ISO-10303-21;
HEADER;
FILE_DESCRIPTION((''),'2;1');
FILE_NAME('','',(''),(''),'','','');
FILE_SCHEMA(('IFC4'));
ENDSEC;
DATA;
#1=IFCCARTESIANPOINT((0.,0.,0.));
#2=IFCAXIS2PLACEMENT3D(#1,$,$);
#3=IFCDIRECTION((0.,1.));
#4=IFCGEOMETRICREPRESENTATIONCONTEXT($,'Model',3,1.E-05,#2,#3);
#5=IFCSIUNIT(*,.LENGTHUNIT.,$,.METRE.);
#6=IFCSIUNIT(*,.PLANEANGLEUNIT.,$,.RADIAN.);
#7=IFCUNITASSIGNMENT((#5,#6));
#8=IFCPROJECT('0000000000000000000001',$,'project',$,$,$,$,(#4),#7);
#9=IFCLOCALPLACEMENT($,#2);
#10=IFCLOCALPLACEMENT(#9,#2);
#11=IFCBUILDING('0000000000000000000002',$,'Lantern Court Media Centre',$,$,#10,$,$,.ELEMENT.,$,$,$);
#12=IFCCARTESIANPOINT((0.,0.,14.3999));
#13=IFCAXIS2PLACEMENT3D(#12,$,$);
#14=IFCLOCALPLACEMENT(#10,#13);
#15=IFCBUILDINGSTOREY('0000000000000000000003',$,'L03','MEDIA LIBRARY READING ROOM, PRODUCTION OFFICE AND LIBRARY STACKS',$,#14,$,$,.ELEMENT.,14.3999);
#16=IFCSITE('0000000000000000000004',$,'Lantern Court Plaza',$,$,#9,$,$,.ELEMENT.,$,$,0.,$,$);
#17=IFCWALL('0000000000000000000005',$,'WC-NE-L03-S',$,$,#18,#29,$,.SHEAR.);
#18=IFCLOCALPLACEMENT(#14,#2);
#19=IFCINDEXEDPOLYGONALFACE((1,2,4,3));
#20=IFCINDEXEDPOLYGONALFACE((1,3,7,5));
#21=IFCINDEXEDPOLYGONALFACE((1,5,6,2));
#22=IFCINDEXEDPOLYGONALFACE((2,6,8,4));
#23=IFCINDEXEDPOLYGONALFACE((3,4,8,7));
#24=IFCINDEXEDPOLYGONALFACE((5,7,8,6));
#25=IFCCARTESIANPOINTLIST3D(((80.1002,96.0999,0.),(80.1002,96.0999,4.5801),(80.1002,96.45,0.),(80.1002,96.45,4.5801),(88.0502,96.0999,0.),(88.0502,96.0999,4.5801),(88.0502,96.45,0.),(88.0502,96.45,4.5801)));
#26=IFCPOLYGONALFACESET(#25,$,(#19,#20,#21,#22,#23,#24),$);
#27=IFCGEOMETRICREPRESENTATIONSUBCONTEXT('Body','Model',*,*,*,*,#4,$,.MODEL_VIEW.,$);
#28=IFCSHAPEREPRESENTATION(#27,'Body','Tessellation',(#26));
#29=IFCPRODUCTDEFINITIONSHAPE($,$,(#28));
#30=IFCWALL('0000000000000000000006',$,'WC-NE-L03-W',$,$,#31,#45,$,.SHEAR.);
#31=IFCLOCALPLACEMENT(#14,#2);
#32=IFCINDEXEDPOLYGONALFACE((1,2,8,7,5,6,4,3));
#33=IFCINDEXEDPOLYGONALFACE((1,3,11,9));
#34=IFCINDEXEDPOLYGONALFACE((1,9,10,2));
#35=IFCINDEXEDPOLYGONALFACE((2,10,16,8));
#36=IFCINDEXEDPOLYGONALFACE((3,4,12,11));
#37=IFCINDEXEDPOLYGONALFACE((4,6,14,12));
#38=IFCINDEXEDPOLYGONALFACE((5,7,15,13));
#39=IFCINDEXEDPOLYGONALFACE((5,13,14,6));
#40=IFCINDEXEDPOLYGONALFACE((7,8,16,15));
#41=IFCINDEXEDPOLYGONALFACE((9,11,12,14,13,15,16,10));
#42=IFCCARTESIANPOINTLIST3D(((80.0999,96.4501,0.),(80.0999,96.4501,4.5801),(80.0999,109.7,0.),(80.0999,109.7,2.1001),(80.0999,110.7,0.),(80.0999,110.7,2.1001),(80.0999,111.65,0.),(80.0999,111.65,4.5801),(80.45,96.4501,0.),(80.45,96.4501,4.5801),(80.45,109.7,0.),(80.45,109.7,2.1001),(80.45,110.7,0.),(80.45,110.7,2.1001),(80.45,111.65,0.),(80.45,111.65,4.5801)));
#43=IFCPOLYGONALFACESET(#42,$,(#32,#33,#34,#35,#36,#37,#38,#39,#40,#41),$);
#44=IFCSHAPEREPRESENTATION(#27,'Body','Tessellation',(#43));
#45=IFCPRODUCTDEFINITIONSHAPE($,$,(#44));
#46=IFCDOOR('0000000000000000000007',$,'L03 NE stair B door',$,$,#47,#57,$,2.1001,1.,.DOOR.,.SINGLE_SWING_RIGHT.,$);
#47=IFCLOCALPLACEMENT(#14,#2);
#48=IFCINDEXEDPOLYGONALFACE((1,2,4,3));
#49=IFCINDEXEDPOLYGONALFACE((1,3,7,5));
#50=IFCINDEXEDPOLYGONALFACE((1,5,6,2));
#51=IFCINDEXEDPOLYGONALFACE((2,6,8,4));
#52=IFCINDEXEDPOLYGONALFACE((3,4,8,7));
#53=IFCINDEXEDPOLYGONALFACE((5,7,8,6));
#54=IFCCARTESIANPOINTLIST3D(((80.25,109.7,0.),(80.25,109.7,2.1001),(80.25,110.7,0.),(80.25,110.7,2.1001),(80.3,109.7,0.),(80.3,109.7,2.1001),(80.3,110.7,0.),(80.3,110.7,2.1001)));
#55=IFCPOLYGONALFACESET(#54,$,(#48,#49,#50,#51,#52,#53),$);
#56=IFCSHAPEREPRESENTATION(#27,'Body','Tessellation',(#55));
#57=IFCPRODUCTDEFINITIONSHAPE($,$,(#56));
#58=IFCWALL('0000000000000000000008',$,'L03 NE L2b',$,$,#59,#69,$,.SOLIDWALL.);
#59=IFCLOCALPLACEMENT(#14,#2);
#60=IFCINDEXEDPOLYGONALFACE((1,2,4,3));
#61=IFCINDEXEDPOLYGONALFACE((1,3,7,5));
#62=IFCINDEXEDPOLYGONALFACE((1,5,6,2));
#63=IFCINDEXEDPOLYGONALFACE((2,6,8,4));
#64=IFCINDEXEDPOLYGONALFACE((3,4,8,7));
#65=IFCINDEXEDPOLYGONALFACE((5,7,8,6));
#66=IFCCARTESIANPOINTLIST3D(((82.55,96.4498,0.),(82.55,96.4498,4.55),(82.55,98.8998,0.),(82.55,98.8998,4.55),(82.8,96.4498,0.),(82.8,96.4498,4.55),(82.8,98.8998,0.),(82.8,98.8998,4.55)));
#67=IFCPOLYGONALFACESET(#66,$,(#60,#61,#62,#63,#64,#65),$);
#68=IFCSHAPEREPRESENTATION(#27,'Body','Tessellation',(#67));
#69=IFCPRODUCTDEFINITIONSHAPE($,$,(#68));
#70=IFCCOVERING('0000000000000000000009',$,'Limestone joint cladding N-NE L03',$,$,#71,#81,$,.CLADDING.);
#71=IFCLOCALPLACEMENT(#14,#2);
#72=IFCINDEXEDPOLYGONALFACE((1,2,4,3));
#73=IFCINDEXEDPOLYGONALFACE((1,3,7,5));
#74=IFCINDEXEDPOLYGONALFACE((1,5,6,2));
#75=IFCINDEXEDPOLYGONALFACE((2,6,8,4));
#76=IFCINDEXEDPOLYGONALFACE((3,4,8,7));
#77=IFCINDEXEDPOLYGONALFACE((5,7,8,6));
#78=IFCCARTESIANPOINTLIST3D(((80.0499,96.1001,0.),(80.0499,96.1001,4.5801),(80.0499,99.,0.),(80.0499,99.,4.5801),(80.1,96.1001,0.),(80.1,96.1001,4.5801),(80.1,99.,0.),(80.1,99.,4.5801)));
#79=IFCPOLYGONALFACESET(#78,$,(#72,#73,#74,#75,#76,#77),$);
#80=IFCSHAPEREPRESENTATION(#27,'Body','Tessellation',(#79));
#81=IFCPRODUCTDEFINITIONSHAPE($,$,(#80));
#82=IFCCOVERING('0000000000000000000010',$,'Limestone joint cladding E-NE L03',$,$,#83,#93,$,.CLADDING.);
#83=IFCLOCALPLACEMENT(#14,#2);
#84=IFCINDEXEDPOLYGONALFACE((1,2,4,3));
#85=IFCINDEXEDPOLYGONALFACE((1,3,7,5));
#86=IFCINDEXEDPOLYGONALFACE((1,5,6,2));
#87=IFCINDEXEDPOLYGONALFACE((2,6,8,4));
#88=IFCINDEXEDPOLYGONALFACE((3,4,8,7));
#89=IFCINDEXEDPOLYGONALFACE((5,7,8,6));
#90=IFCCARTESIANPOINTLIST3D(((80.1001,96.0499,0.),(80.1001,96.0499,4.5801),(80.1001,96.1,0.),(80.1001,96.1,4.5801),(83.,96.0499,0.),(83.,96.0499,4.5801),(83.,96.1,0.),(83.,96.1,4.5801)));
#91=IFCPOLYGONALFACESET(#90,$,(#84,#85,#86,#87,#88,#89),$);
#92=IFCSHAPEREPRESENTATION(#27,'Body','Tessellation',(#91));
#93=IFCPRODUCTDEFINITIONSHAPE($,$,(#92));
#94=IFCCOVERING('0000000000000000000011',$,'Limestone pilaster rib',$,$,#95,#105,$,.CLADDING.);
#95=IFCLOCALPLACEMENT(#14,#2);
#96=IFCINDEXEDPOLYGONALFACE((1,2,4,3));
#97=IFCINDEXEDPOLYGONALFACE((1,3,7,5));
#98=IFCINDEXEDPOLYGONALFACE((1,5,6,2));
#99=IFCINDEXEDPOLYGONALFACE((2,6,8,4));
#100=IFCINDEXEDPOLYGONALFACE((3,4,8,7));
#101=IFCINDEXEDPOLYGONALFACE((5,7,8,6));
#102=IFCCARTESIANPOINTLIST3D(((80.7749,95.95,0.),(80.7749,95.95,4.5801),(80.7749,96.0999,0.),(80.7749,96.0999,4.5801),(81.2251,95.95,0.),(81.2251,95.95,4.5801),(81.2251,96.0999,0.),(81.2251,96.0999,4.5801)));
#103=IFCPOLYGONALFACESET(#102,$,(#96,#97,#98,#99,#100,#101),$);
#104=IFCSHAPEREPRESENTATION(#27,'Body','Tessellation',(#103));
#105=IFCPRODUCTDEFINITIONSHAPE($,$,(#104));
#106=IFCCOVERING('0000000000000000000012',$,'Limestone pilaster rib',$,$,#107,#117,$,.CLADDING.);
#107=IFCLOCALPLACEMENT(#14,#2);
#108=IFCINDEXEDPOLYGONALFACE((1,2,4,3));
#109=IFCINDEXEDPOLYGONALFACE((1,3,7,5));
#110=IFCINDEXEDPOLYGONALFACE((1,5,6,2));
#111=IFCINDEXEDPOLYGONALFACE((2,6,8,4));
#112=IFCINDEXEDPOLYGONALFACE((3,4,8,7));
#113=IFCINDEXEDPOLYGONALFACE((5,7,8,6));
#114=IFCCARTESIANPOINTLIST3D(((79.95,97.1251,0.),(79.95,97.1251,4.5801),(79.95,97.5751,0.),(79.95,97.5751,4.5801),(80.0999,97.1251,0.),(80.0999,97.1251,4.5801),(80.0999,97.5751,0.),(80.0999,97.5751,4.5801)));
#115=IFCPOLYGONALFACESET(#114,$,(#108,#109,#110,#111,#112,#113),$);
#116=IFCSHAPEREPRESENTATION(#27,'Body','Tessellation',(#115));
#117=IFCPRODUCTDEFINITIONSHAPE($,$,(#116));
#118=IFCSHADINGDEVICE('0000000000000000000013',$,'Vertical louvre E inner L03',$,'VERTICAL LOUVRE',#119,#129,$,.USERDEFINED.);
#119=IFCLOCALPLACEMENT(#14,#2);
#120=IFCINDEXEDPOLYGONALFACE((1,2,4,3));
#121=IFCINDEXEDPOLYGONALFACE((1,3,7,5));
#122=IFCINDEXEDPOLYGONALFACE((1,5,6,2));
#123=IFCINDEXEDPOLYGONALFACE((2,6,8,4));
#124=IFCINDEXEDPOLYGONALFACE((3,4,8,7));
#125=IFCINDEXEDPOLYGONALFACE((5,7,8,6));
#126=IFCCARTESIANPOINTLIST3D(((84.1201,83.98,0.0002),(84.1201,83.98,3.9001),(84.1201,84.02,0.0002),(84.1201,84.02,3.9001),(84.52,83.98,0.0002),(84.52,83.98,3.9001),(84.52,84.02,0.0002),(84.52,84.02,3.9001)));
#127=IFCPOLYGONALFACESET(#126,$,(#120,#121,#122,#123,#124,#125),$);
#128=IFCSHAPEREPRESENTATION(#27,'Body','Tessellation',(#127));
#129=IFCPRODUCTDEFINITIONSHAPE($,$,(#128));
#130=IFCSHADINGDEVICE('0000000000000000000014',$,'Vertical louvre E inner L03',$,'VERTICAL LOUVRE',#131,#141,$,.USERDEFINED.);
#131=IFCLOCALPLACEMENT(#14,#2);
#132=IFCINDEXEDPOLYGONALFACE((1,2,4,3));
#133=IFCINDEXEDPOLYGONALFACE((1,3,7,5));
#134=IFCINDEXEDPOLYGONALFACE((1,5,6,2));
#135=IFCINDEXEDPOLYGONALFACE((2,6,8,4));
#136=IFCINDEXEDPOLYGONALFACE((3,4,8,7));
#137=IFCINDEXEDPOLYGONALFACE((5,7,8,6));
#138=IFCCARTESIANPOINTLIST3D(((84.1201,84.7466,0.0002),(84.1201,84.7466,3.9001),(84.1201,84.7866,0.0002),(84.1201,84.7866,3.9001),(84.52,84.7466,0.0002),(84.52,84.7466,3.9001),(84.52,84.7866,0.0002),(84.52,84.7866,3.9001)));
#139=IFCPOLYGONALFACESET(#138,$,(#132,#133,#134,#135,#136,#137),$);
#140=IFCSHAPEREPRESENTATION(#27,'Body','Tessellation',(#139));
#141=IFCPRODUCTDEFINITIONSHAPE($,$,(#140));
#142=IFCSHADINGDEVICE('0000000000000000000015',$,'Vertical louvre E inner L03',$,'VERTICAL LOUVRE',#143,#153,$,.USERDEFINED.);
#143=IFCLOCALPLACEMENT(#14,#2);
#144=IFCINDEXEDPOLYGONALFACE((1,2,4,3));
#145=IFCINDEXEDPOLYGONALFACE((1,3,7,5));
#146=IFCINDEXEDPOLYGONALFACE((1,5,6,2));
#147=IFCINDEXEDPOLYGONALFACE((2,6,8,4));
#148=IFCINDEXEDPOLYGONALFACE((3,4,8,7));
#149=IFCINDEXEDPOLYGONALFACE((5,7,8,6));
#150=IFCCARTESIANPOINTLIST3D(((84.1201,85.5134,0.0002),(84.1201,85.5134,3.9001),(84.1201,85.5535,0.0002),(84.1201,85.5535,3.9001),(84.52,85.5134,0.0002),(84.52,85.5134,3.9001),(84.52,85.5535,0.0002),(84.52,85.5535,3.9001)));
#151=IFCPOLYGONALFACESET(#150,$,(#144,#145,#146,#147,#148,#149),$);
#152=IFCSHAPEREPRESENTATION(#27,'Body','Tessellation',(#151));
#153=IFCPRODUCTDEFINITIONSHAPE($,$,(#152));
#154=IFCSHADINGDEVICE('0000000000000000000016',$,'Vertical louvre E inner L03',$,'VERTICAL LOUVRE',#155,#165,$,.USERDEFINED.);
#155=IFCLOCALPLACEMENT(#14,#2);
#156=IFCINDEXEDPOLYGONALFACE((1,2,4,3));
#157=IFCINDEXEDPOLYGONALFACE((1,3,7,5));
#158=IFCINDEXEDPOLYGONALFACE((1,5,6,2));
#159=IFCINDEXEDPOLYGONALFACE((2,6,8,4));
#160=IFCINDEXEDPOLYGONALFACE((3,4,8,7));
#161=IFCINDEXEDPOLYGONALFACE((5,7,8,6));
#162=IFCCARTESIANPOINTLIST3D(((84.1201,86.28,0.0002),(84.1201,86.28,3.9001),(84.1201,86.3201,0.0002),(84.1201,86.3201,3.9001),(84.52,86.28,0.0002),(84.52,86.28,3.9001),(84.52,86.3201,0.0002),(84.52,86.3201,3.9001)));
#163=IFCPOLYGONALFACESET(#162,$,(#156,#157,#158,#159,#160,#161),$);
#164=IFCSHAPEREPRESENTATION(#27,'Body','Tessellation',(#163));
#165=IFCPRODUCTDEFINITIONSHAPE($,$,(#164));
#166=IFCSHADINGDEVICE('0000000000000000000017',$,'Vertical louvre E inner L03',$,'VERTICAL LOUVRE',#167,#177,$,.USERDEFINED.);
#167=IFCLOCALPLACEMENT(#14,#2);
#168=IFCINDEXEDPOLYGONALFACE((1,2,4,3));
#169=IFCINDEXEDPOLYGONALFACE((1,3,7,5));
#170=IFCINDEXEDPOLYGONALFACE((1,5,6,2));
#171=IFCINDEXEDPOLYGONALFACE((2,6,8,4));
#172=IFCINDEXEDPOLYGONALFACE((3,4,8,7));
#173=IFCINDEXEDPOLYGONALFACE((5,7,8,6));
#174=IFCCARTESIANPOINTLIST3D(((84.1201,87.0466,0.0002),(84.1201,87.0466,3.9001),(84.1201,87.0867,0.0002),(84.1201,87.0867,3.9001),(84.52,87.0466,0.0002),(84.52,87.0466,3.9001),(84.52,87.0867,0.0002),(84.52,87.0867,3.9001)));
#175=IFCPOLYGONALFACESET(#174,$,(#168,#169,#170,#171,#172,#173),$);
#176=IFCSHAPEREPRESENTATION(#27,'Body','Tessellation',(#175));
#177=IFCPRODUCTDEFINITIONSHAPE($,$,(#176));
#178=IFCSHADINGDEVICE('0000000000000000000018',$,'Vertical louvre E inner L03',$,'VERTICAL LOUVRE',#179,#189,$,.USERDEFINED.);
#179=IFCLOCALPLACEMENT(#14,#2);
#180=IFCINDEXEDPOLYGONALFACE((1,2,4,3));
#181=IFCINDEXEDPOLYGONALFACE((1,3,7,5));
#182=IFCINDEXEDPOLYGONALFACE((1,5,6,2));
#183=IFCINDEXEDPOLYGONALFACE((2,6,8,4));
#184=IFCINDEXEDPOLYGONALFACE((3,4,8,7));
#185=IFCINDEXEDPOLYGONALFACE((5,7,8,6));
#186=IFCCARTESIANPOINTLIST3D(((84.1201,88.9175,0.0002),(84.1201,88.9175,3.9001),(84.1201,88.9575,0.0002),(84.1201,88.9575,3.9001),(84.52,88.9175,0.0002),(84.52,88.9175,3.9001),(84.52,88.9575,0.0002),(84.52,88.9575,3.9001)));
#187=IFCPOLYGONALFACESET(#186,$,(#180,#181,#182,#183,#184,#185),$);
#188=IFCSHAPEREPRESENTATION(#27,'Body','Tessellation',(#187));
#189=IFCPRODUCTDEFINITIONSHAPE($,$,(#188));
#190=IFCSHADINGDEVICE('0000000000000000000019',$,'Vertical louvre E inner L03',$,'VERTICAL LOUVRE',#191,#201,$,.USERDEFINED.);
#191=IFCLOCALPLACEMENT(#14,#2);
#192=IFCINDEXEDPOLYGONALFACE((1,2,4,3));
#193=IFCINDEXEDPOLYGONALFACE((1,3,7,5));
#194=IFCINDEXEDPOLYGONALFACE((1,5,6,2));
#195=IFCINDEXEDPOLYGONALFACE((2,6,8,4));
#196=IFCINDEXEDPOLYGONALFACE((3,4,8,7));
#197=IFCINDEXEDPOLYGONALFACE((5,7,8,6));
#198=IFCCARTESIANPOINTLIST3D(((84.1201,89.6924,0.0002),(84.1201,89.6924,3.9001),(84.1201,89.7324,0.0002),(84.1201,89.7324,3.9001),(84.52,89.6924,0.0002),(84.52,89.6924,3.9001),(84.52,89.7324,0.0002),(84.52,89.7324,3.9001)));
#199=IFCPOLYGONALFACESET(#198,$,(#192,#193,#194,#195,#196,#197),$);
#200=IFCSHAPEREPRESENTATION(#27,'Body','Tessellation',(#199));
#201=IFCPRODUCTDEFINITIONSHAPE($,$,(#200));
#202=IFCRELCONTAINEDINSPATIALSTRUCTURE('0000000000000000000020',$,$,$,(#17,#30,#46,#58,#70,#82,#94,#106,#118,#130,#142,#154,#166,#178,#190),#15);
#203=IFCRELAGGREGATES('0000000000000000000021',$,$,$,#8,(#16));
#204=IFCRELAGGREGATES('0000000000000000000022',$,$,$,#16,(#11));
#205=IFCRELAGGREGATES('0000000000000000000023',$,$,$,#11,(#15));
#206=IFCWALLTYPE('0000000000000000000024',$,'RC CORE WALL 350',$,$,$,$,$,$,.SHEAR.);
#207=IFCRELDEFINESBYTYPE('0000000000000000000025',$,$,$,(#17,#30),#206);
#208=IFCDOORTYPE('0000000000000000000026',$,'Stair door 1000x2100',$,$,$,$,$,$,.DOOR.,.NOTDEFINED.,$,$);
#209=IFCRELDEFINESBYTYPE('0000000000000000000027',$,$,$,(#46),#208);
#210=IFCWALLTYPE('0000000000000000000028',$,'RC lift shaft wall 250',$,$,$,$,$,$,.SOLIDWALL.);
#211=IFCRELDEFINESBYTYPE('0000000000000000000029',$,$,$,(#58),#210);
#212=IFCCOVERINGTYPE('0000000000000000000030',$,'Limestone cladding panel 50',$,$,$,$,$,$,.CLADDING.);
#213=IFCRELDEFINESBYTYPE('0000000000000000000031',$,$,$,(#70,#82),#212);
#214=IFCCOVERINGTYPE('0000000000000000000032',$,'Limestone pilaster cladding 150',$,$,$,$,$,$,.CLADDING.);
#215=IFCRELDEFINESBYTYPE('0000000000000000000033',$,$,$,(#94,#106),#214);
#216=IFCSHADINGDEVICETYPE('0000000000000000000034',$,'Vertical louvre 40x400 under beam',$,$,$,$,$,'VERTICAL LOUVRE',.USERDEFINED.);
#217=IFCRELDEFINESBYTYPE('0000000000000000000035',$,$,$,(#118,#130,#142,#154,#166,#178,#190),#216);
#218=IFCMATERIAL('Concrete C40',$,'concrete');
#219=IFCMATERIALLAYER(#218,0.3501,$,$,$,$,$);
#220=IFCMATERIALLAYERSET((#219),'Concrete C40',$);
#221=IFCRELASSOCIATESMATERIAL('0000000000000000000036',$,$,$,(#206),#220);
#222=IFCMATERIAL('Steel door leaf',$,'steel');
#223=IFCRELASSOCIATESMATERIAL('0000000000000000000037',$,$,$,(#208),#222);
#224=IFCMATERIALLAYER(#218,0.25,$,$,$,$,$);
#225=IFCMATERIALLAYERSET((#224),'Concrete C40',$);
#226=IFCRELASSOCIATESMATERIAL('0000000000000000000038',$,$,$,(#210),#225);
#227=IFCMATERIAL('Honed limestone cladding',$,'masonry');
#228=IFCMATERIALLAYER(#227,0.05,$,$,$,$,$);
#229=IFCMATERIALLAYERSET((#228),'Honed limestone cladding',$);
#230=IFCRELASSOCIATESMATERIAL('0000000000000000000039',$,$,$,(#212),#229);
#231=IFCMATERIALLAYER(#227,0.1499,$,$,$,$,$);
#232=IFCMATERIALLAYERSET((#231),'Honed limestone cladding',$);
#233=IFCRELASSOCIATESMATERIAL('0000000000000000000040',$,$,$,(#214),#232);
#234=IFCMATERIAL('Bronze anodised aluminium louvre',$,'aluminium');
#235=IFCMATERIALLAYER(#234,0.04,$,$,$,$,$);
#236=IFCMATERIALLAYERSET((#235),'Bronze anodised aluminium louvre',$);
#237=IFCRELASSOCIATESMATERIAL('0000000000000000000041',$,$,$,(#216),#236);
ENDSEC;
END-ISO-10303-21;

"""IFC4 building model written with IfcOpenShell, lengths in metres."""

from ifc_helpers import new_model, si_unit, direction, frame, frame_2d, origin, origin_2d, place, context, subcontext, project, spatial, rectangle, extrude, material, layer, layer_set, type_object, element, fill, save


model = new_model("IFC4")

# Units and contexts
model_context = context("Model", 3, precision=1e-05, world=origin(), true_north=direction((0.0, 1.0)))
body_context = subcontext(model_context, "Body", "Model", "MODEL_VIEW")
ifc_project = project(units=[si_unit("LENGTHUNIT", "METRE"), si_unit("PLANEANGLEUNIT", "RADIAN")], contexts=[model_context])

# Site, building, storey
site_placement = place(None, origin())
site = spatial("IfcSite", under=ifc_project, at=site_placement, Name="Lantern Court Plaza", CompositionType="ELEMENT", RefElevation=0.0)
building_placement = place(site_placement, origin())
building = spatial("IfcBuilding", under=site, at=building_placement, Name="Lantern Court Media Centre", CompositionType="ELEMENT")
storey_placement = place(building_placement, frame((0.0, 0.0, 14.3999)))
storey = spatial("IfcBuildingStorey", under=building, at=storey_placement, Name="L03", Description="MEDIA LIBRARY READING ROOM, PRODUCTION OFFICE AND LIBRARY STACKS", CompositionType="ELEMENT", Elevation=14.3999)

# Wall
ifc_material_1 = material(Name="Concrete C40", Category="concrete")
ifc_layer_1 = layer(ifc_material_1, 0.3501)
ifc_layer_set_1 = layer_set([ifc_layer_1], Name="Concrete C40")
wall_type_1 = type_object("IfcWallType", Name="RC CORE WALL 350", PredefinedType="SHEAR", material=ifc_layer_set_1)
wall_1_placement = place(storey_placement, frame((80.1001, 96.2749, 0.0), z_axis=(0.0, 0.0, 1.0), x_axis=(1.0, 0.0, 0.0)))
element("IfcWall", 1, at=wall_1_placement, inside=storey, type_object=wall_type_1, Name="WC-NE-L03-S", PredefinedType="SHEAR", context=body_context, shape_type="SweptSolid", body=[
    extrude(rectangle(XDim=7.95, YDim=0.3501, at=frame_2d((3.9751, 0.0))), origin(), (0.0, 0.0, 1.0), 4.5801),
])

# Wall, opening, door
wall_2_placement = place(storey_placement, frame((80.2749, 96.45, 0.0), z_axis=(0.0, 0.0, 1.0), x_axis=(0.0, 1.0, 0.0)))
wall_2 = element("IfcWall", 2, at=wall_2_placement, inside=storey, type_object=wall_type_1, Name="WC-NE-L03-W", PredefinedType="SHEAR", context=body_context, shape_type="SweptSolid", body=[
    extrude(rectangle(XDim=15.2, YDim=0.3501, at=frame_2d((7.6001, 0.0))), origin(), (0.0, 0.0, 1.0), 4.5801),
])
opening_placement = place(wall_2_placement, frame((13.25, 0.0, 0.0)))
opening = element("IfcOpeningElement", 3, at=opening_placement, cuts=wall_2, PredefinedType="OPENING", context=body_context, shape_type="SweptSolid", body=[
    extrude(rectangle(XDim=1.0, YDim=2.1001, at=frame_2d((0.5, 1.05))), frame((0.0, 0.1851, 0.0), z_axis=(0.0, -1.0, 0.0), x_axis=(1.0, 0.0, 0.0)), (0.0, 0.0, 1.0), 0.3701),
])
ifc_material_2 = material(Name="Steel door leaf", Category="steel")
door_type = type_object("IfcDoorType", Name="Stair door 1000x2100", OperationType="NOTDEFINED", PredefinedType="DOOR", material=ifc_material_2)
door_placement = place(opening_placement, origin())
door = element("IfcDoor", 4, at=door_placement, inside=storey, type_object=door_type, Name="L03 NE stair B door", OperationType="SINGLE_SWING_RIGHT", OverallHeight=2.1001, OverallWidth=1.0, PredefinedType="DOOR", context=body_context, shape_type="SweptSolid", body=[
    extrude(rectangle(XDim=1.0, YDim=2.1001, at=frame_2d((0.5, 1.05))), frame((0.0, 0.0249, 0.0), z_axis=(0.0, -1.0, 0.0), x_axis=(1.0, 0.0, 0.0)), (0.0, 0.0, 1.0), 0.05),
])
fill(opening, door)

# Wall
ifc_layer_2 = layer(ifc_material_1, 0.25)
ifc_layer_set_2 = layer_set([ifc_layer_2], Name="Concrete C40")
wall_type_2 = type_object("IfcWallType", Name="RC lift shaft wall 250", PredefinedType="SOLIDWALL", material=ifc_layer_set_2)
wall_3_placement = place(storey_placement, frame((82.675, 98.8999, 0.0), z_axis=(0.0, 0.0, 1.0), x_axis=(0.0, -1.0, 0.0)))
element("IfcWall", 5, at=wall_3_placement, inside=storey, type_object=wall_type_2, Name="L03 NE L2b", PredefinedType="SOLIDWALL", context=body_context, shape_type="SweptSolid", body=[
    extrude(rectangle(XDim=2.45, YDim=0.25, at=frame_2d((1.2251, 0.0))), origin(), (0.0, 0.0, 1.0), 4.55),
])

# Coverings
ifc_material_3 = material(Name="Honed limestone cladding", Category="masonry")
ifc_layer_3 = layer(ifc_material_3, 0.05)
ifc_layer_set_3 = layer_set([ifc_layer_3], Name="Honed limestone cladding")
covering_type_1 = type_object("IfcCoveringType", Name="Limestone cladding panel 50", PredefinedType="CLADDING", material=ifc_layer_set_3)
for number, where, z_axis, x_axis, name in (
    (6, (80.075, 96.1001, 0.0), (0.0, 0.0, 1.0), (0.0, 1.0, 0.0), "Limestone joint cladding N-NE L03"),
    (7, (80.1001, 96.075, 0.0), (0.0, 0.0, 1.0), (1.0, 0.0, 0.0), "Limestone joint cladding E-NE L03"),
):
    element("IfcCovering", number, at=place(storey_placement, frame(where, z_axis=z_axis, x_axis=x_axis)), inside=storey, type_object=covering_type_1, Name=name, PredefinedType="CLADDING", context=body_context, shape_type="SweptSolid", body=[
        extrude(rectangle(XDim=2.8999, YDim=0.05, at=frame_2d((1.45, 0.0))), origin(), (0.0, 0.0, 1.0), 4.5801),
    ])
ifc_layer_4 = layer(ifc_material_3, 0.1499)
ifc_layer_set_4 = layer_set([ifc_layer_4], Name="Honed limestone cladding")
covering_type_2 = type_object("IfcCoveringType", Name="Limestone pilaster cladding 150", PredefinedType="CLADDING", material=ifc_layer_set_4)
covering_1_placement = place(storey_placement, frame((80.7749, 96.0249, 0.0), z_axis=(0.0, 0.0, 1.0), x_axis=(1.0, 0.0, 0.0)))
element("IfcCovering", 8, at=covering_1_placement, inside=storey, type_object=covering_type_2, Name="Limestone pilaster rib", PredefinedType="CLADDING", context=body_context, shape_type="SweptSolid", body=[
    extrude(rectangle(XDim=0.4502, YDim=0.1499, at=frame_2d((0.2251, 0.0))), origin(), (0.0, 0.0, 1.0), 4.5801),
])
covering_2_placement = place(storey_placement, frame((80.0249, 97.125, 0.0), z_axis=(0.0, 0.0, 1.0), x_axis=(0.0, 1.0, 0.0)))
element("IfcCovering", 9, at=covering_2_placement, inside=storey, type_object=covering_type_2, Name="Limestone pilaster rib", PredefinedType="CLADDING", context=body_context, shape_type="SweptSolid", body=[
    extrude(rectangle(XDim=0.45, YDim=0.1499, at=frame_2d((0.2251, 0.0))), origin(), (0.0, 0.0, 1.0), 4.5801),
])

# Shading devices
ifc_material_4 = material(Name="Bronze anodised aluminium louvre", Category="aluminium")
ifc_layer_5 = layer(ifc_material_4, 0.04)
ifc_layer_set_5 = layer_set([ifc_layer_5], Name="Bronze anodised aluminium louvre")
shading_device_type = type_object("IfcShadingDeviceType", Name="Vertical louvre 40x400 under beam", ElementType="VERTICAL LOUVRE", PredefinedType="USERDEFINED", material=ifc_layer_set_5)
for number, where, z_axis, x_axis, name in (
    (10, (84.3201, 84.0, 0.0002), (0.0, 0.0, 1.0), (1.0, 0.0, 0.0), "Vertical louvre E inner L03"),
    (11, (84.3201, 84.7666, 0.0002), (0.0, 0.0, 1.0), (1.0, 0.0, 0.0), "Vertical louvre E inner L03"),
    (12, (84.3201, 85.5334, 0.0002), (0.0, 0.0, 1.0), (1.0, 0.0, 0.0), "Vertical louvre E inner L03"),
    (13, (84.3201, 86.3, 0.0002), (0.0, 0.0, 1.0), (1.0, 0.0, 0.0), "Vertical louvre E inner L03"),
    (14, (84.3201, 87.0667, 0.0002), (0.0, 0.0, 1.0), (1.0, 0.0, 0.0), "Vertical louvre E inner L03"),
    (15, (84.3201, 88.9375, 0.0002), (0.0, 0.0, 1.0), (1.0, 0.0, 0.0), "Vertical louvre E inner L03"),
    (16, (84.3201, 89.7124, 0.0002), (0.0, 0.0, 1.0), (1.0, 0.0, 0.0), "Vertical louvre E inner L03"),
):
    element("IfcShadingDevice", number, at=place(storey_placement, frame(where, z_axis=z_axis, x_axis=x_axis)), inside=storey, type_object=shading_device_type, Name=name, ObjectType="VERTICAL LOUVRE", PredefinedType="USERDEFINED", context=body_context, shape_type="SweptSolid", body=[
        extrude(rectangle(XDim=0.3999, YDim=0.04, at=origin_2d()), origin(), (0.0, 0.0, 1.0), 3.8999),
    ])

save(model, "model.ifc")
